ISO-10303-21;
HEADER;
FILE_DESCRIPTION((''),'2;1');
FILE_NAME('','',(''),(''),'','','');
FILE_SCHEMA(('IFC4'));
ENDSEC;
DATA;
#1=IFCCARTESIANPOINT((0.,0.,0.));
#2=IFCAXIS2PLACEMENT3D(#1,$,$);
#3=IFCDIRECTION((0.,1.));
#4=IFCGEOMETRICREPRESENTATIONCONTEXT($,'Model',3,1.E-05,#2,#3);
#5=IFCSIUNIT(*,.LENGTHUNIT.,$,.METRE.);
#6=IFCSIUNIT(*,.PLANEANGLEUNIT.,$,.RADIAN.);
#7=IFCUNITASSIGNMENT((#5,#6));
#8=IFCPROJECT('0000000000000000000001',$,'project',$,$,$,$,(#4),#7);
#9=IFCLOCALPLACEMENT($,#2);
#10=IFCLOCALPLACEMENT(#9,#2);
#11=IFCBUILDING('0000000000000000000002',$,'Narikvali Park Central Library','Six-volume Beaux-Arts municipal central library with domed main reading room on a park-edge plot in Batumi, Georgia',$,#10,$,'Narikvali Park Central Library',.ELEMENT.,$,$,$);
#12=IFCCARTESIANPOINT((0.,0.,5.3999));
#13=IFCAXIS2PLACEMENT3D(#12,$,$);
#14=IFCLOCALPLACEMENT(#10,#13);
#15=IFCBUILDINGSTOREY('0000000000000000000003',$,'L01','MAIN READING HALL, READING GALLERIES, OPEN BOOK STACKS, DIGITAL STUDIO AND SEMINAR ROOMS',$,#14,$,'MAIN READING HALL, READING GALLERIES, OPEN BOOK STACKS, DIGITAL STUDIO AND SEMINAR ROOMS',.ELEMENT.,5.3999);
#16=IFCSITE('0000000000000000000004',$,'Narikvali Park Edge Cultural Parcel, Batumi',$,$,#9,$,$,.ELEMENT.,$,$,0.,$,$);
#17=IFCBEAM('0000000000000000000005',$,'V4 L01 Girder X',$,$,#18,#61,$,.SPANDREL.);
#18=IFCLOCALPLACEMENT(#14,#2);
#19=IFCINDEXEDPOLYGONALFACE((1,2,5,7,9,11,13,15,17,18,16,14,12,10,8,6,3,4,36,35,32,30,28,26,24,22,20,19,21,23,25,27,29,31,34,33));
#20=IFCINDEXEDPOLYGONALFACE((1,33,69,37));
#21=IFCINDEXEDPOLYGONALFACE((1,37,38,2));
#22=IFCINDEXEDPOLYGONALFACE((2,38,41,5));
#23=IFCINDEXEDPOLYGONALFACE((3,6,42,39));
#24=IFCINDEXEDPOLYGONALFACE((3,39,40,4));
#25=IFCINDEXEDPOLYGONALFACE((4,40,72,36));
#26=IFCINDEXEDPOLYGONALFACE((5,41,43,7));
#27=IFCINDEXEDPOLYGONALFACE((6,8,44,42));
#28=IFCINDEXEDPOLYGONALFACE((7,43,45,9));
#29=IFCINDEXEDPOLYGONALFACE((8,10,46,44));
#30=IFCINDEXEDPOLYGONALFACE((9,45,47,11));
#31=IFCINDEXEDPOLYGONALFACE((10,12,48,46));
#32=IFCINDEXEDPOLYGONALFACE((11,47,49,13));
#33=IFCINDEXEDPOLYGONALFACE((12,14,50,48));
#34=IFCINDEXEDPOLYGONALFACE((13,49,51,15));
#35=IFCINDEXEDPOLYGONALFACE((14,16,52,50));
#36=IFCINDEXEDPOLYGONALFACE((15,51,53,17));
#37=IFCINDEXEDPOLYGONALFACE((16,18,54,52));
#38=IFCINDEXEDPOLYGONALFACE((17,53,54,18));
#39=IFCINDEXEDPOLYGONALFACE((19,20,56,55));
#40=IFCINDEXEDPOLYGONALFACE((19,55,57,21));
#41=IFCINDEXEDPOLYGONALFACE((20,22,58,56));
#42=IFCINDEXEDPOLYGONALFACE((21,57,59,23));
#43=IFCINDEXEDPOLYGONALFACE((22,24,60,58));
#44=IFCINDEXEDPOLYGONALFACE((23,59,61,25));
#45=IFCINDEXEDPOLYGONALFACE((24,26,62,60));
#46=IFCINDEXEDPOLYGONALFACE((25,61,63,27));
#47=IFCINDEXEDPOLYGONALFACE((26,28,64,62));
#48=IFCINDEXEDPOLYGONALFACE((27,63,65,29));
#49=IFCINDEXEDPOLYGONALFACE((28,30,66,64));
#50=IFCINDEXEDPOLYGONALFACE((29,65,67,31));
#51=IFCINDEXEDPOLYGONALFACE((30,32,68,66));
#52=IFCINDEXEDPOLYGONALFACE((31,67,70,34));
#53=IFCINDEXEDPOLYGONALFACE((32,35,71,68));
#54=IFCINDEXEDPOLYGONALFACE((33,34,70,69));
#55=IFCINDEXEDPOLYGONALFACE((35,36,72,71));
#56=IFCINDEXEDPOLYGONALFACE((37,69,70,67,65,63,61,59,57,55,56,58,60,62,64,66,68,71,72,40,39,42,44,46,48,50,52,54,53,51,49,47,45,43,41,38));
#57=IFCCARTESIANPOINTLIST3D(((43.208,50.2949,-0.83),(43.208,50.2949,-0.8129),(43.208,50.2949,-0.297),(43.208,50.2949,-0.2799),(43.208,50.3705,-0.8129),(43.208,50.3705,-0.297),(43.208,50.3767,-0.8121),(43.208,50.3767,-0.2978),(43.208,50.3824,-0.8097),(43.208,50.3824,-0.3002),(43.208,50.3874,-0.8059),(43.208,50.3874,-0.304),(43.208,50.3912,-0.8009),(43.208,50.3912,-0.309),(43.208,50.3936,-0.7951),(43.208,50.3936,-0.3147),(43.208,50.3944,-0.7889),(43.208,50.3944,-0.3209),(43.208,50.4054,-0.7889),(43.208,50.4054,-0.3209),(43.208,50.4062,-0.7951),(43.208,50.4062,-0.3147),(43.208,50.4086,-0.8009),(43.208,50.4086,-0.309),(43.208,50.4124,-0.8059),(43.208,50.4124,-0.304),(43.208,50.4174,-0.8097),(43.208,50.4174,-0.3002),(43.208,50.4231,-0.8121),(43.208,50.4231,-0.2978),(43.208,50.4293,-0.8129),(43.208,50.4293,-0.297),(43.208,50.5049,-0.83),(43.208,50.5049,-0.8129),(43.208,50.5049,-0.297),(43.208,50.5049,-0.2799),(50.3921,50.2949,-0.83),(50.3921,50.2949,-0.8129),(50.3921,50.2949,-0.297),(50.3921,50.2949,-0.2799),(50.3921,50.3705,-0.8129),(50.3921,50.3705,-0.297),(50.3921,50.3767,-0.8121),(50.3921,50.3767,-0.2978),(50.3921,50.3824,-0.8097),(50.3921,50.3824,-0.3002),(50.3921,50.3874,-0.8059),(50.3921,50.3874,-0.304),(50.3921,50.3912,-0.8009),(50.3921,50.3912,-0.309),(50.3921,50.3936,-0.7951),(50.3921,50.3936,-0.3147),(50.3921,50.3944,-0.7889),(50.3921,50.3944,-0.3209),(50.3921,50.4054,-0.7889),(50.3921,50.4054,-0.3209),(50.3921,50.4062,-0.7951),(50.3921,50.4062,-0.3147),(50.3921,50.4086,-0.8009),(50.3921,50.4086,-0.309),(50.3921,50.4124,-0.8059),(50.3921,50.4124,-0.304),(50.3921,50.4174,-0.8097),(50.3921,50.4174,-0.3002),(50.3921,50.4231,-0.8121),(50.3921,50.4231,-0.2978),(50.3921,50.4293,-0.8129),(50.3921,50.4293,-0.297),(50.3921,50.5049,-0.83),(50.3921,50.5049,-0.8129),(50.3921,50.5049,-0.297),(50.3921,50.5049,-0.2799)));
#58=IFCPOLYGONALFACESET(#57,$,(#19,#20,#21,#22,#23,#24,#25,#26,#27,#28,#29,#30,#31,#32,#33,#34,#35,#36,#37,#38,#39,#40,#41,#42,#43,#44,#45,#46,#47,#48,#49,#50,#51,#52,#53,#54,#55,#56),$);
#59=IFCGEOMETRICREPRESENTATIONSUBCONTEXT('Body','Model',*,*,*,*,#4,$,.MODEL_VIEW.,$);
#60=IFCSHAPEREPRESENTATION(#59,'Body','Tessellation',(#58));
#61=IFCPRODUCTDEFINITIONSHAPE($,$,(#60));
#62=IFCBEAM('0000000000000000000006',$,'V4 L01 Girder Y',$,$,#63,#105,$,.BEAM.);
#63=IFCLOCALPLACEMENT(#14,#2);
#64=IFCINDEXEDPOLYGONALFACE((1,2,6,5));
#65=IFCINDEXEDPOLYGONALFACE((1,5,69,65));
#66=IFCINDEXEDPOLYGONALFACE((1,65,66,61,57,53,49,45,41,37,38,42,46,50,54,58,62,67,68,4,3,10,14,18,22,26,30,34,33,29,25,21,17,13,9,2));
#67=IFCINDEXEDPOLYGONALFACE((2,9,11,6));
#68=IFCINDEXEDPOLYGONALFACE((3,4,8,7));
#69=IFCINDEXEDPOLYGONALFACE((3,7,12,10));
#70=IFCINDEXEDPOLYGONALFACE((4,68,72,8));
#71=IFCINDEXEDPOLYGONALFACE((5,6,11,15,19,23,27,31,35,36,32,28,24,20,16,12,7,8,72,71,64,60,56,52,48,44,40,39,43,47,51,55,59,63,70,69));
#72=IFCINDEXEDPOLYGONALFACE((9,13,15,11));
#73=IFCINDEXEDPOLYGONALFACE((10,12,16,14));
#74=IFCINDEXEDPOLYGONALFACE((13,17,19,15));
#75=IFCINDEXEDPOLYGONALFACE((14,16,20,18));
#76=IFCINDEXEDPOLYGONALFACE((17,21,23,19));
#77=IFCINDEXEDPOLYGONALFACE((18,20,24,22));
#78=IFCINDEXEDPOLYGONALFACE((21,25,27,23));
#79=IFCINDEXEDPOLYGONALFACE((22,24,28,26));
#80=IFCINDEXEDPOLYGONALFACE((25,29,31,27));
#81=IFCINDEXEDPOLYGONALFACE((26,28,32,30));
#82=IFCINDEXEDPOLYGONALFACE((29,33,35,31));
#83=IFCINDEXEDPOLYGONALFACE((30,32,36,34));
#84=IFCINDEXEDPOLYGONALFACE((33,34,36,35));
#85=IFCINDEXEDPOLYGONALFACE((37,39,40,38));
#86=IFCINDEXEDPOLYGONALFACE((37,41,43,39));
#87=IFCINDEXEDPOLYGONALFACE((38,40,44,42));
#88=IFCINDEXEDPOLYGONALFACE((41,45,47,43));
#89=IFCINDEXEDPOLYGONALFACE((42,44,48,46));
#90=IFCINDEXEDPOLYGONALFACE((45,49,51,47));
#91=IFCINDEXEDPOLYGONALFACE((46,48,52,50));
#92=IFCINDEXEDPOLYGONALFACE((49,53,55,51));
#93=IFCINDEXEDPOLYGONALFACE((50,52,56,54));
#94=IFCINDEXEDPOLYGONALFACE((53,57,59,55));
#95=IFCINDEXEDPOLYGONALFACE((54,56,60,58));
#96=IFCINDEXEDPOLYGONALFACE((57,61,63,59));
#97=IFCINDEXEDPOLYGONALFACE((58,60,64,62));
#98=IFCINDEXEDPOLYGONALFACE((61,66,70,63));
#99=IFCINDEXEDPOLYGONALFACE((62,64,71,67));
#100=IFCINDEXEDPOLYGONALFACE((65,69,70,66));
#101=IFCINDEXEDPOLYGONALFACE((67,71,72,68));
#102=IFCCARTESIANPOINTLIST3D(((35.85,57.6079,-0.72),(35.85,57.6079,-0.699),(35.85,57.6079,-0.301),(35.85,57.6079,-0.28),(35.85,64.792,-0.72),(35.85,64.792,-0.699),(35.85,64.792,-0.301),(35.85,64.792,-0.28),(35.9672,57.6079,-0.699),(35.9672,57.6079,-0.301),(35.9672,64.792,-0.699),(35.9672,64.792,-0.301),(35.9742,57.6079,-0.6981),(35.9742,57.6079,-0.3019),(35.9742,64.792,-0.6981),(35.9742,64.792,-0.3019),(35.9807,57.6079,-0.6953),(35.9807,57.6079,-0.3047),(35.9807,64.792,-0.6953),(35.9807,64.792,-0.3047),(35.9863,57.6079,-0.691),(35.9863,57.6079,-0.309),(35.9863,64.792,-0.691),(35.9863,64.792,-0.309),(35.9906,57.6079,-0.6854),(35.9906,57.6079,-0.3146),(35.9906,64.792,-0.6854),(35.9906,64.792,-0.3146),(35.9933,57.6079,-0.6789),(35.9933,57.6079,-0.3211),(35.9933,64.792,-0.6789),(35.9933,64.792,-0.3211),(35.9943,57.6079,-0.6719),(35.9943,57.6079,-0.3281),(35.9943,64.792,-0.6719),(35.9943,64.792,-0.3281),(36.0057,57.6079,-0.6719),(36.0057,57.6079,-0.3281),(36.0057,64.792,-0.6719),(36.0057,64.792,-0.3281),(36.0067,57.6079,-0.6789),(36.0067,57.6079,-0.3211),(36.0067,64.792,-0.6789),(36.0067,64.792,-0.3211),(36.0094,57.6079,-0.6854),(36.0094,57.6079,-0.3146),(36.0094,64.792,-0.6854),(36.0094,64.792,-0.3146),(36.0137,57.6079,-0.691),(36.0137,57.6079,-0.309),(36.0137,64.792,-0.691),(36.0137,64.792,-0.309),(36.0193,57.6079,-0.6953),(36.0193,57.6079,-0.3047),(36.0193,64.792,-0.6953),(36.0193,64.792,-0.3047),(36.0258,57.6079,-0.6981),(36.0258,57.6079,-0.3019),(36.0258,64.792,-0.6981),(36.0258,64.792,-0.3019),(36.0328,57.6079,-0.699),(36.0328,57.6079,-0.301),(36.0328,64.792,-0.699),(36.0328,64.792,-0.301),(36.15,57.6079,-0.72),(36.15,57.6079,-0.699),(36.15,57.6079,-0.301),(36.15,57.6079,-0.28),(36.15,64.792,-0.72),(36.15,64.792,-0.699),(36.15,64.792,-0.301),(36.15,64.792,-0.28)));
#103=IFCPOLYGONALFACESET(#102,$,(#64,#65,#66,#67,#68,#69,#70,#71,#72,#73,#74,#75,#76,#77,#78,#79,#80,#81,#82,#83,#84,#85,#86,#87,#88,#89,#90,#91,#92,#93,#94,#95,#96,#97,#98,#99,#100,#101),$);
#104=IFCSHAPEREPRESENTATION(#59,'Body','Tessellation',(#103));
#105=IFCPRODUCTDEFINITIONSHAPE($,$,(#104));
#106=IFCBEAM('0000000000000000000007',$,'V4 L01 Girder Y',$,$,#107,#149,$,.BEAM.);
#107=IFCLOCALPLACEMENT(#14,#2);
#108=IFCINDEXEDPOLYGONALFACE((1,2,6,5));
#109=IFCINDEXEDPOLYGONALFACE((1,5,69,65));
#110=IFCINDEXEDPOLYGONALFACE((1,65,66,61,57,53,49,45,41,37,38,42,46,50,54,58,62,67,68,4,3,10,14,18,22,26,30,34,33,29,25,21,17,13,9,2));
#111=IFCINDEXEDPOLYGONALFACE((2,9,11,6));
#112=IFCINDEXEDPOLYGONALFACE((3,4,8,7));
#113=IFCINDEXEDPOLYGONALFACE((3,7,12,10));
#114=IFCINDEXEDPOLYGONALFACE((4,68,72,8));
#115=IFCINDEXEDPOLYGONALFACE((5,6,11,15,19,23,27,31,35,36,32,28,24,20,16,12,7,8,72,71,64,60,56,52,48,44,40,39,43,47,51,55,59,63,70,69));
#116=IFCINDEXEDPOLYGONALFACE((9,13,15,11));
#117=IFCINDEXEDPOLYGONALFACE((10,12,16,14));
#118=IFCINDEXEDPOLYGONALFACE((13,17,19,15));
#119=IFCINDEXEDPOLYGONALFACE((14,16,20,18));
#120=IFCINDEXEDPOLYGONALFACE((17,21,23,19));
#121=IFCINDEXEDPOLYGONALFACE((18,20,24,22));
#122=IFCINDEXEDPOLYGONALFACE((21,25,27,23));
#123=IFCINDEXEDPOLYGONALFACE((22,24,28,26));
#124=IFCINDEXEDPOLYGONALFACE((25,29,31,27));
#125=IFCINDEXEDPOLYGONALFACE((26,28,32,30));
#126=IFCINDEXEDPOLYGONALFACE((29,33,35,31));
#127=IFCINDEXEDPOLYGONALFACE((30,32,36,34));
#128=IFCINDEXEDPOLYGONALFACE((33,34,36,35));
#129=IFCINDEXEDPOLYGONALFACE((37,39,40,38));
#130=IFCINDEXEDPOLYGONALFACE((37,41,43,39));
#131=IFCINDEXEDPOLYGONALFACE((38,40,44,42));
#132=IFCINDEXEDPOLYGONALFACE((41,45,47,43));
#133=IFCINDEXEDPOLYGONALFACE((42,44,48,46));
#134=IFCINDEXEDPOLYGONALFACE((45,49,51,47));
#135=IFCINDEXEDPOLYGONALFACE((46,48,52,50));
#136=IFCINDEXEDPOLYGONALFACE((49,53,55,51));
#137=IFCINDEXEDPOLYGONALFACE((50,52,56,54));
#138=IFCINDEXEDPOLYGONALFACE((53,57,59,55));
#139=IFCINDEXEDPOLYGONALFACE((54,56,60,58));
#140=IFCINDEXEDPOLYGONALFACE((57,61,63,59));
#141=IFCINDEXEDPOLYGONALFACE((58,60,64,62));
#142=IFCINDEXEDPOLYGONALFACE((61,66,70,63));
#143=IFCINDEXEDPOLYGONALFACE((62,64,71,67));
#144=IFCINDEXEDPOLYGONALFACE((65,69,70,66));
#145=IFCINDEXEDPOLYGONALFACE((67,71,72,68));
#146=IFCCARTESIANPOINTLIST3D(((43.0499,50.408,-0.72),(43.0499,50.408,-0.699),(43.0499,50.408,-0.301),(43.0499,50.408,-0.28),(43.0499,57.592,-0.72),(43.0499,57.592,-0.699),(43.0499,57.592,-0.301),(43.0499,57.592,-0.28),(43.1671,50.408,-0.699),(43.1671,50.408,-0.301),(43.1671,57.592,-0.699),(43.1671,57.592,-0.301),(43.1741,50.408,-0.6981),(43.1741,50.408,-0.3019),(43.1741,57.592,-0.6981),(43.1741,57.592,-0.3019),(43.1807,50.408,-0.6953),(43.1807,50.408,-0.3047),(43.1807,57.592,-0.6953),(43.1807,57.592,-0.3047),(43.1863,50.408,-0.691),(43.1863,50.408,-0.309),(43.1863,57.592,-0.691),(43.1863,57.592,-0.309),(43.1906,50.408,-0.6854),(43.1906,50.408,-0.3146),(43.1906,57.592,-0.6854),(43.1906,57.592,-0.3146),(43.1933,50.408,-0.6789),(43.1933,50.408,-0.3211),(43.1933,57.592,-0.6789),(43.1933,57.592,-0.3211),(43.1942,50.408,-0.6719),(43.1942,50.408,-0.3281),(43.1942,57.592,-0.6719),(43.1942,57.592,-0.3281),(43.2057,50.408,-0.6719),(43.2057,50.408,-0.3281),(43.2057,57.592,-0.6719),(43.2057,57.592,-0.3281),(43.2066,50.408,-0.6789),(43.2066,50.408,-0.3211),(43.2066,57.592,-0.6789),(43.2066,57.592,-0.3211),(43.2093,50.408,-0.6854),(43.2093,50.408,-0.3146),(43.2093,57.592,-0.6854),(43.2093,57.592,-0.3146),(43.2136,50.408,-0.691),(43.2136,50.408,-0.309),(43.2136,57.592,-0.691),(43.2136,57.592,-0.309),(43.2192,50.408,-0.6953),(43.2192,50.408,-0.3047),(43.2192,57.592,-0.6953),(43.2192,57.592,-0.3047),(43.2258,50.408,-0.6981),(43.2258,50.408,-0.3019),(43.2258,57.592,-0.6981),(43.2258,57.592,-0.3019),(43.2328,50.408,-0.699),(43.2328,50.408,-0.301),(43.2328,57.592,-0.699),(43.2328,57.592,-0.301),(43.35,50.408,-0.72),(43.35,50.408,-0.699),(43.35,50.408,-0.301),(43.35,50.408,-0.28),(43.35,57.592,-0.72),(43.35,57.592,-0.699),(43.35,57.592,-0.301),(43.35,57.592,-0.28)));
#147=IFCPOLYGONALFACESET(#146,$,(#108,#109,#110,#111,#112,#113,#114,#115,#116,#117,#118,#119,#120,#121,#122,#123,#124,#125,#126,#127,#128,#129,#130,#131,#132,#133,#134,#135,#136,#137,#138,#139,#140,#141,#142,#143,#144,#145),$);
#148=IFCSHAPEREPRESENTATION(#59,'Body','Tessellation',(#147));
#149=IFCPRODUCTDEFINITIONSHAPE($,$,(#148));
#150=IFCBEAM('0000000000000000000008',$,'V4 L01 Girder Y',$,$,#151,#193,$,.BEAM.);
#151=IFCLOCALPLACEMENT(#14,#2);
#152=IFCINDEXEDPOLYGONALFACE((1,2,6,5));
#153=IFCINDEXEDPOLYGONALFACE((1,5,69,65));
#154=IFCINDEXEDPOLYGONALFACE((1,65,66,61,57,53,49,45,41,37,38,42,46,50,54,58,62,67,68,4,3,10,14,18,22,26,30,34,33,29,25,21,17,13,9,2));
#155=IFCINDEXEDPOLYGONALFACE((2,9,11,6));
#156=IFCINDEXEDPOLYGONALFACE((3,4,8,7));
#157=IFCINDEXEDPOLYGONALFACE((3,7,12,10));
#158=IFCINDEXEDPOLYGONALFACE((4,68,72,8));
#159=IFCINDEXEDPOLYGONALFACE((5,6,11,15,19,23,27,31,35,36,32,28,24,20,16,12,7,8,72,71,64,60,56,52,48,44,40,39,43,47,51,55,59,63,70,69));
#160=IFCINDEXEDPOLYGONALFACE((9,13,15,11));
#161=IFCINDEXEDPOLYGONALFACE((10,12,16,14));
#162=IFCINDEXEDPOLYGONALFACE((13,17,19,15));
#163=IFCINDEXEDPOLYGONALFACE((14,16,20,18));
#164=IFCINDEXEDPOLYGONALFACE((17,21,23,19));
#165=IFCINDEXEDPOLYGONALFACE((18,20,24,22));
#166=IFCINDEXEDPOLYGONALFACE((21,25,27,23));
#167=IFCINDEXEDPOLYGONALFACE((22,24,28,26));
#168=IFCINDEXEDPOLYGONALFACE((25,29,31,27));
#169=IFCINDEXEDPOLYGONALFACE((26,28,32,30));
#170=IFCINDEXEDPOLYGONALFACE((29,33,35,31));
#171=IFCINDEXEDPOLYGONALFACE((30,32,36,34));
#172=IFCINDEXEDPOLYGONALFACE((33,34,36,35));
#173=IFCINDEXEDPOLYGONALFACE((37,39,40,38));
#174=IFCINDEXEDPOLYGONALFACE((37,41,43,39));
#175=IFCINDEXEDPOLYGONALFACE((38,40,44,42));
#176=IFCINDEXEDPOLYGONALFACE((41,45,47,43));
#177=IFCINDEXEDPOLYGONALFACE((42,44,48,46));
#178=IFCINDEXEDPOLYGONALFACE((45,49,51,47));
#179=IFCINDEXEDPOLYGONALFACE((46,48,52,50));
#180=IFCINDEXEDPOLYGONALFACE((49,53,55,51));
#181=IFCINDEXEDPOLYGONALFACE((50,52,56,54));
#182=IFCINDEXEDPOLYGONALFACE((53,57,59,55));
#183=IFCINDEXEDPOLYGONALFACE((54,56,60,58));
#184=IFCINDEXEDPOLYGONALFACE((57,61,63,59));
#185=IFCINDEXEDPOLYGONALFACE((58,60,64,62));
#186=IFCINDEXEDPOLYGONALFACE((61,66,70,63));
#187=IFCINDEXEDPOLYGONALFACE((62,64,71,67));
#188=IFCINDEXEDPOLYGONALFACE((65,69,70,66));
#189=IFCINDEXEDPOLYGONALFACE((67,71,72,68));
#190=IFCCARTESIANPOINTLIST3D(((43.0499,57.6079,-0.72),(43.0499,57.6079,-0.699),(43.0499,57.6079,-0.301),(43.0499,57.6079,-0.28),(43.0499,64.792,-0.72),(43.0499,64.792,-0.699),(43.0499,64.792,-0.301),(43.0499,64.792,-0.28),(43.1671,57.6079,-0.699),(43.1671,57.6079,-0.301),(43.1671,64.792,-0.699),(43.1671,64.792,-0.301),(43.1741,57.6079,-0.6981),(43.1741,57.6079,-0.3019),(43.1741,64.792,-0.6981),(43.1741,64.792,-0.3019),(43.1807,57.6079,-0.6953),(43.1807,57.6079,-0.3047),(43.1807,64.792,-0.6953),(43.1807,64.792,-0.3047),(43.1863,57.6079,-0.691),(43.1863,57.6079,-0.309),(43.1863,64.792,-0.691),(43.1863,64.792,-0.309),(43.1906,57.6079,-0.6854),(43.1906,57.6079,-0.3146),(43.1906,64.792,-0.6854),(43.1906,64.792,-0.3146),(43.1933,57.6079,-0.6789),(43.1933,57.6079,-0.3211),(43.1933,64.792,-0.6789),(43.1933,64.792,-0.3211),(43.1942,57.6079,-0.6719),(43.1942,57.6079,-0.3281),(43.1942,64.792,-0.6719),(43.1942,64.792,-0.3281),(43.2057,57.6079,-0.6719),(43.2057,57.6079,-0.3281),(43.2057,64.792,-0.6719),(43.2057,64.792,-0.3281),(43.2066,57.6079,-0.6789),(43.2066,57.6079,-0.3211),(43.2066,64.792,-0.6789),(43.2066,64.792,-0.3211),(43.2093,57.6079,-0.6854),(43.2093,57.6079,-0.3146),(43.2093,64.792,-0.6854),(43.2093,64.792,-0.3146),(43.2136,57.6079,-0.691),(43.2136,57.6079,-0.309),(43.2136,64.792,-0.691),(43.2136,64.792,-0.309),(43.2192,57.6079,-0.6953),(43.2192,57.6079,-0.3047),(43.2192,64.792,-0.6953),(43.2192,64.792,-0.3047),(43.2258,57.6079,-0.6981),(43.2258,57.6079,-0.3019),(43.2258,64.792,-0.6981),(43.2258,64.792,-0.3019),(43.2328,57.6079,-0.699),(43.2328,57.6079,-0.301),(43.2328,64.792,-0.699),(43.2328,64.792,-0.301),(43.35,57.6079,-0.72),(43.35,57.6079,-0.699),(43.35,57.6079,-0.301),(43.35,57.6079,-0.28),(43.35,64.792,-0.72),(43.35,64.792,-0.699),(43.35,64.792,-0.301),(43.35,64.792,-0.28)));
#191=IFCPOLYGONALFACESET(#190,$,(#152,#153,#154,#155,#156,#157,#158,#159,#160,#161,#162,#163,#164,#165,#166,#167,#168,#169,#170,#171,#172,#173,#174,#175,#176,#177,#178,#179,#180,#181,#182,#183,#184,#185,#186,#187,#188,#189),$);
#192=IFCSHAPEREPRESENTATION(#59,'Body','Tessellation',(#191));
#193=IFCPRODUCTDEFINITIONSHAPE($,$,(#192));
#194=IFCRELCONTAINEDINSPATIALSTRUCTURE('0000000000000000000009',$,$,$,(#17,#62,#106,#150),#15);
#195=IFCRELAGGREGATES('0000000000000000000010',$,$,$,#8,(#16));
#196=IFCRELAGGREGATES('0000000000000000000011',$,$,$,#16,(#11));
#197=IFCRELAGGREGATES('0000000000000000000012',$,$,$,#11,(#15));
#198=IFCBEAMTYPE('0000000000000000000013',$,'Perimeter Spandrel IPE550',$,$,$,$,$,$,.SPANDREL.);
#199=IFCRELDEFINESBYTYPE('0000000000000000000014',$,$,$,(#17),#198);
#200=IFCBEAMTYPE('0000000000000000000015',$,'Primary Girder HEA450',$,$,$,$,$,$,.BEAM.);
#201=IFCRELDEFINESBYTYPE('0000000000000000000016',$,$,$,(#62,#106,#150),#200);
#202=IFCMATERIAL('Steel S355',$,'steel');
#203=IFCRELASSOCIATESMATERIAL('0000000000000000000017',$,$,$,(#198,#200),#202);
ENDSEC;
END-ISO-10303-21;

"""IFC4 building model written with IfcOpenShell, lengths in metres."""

from ifc_helpers import new_model, si_unit, direction, frame, origin, origin_2d, place, context, subcontext, project, spatial, i_section, extrude, material, material_profile, profile_set, type_object, element, save


model = new_model("IFC4")

# Units and contexts
model_context = context("Model", 3, precision=1e-05, world=origin(), true_north=direction((0.0, 1.0)))
body_context = subcontext(model_context, "Body", "Model", "MODEL_VIEW")
ifc_project = project(units=[si_unit("LENGTHUNIT", "METRE"), si_unit("PLANEANGLEUNIT", "RADIAN")], contexts=[model_context])

# Site, building, storey
site_placement = place(None, origin())
site = spatial("IfcSite", under=ifc_project, at=site_placement, Name="Narikvali Park Edge Cultural Parcel, Batumi", CompositionType="ELEMENT", RefElevation=0.0)
building_placement = place(site_placement, origin())
building = spatial("IfcBuilding", under=site, at=building_placement, Name="Narikvali Park Central Library", Description="Six-volume Beaux-Arts municipal central library with domed main reading room on a park-edge plot in Batumi, Georgia", LongName="Narikvali Park Central Library", CompositionType="ELEMENT")
storey_placement = place(building_placement, frame((0.0, 0.0, 5.3999)))
storey = spatial("IfcBuildingStorey", under=building, at=storey_placement, Name="L01", Description="MAIN READING HALL, READING GALLERIES, OPEN BOOK STACKS, DIGITAL STUDIO AND SEMINAR ROOMS", LongName="MAIN READING HALL, READING GALLERIES, OPEN BOOK STACKS, DIGITAL STUDIO AND SEMINAR ROOMS", CompositionType="ELEMENT", Elevation=5.3999)

# Shared definitions
ifc_material_1 = material(Name="Steel S355", Category="steel")

# Beams
ifc_material_profile_1 = material_profile(ifc_material_1, i_section(OverallWidth=0.21, OverallDepth=0.55, WebThickness=0.011, FlangeThickness=0.0171, FilletRadius=0.0239, at=origin_2d()), Name="IPE 550")
ifc_profile_set_1 = profile_set([ifc_material_profile_1], Name="Steel S355")
beam_type_1 = type_object("IfcBeamType", Name="Perimeter Spandrel IPE550", PredefinedType="SPANDREL", material=ifc_profile_set_1)
beam_1_placement = place(storey_placement, frame((43.208, 50.3999, -0.5549), z_axis=(1.0, 0.0, 0.0), x_axis=(0.0, 1.0, 0.0)))
element("IfcBeam", 1, at=beam_1_placement, inside=storey, type_object=beam_type_1, Name="V4 L01 Girder X", PredefinedType="SPANDREL", context=body_context, shape_type="SweptSolid", body=[
    extrude(i_section(OverallWidth=0.21, OverallDepth=0.55, WebThickness=0.011, FlangeThickness=0.0171, FilletRadius=0.0239, at=origin_2d()), origin(), (0.0, 0.0, 1.0), 7.1841),
])
ifc_material_profile_2 = material_profile(ifc_material_1, i_section(OverallWidth=0.3, OverallDepth=0.4399, WebThickness=0.0115, FlangeThickness=0.021, FilletRadius=0.0271, at=origin_2d()), Name="HEA 450")
ifc_profile_set_2 = profile_set([ifc_material_profile_2], Name="Steel S355")
beam_type_2 = type_object("IfcBeamType", Name="Primary Girder HEA450", PredefinedType="BEAM", material=ifc_profile_set_2)
for number, where, z_axis, x_axis, name in (
    (2, (36.0, 57.6079, -0.5), (0.0, 1.0, 0.0), (-1.0, 0.0, 0.0), "V4 L01 Girder Y"),
    (3, (43.2, 50.408, -0.5), (0.0, 1.0, 0.0), (-1.0, 0.0, 0.0), "V4 L01 Girder Y"),
    (4, (43.2, 57.6079, -0.5), (0.0, 1.0, 0.0), (-1.0, 0.0, 0.0), "V4 L01 Girder Y"),
):
    element("IfcBeam", number, at=place(storey_placement, frame(where, z_axis=z_axis, x_axis=x_axis)), inside=storey, type_object=beam_type_2, Name=name, PredefinedType="BEAM", context=body_context, shape_type="SweptSolid", body=[
        extrude(i_section(OverallWidth=0.3, OverallDepth=0.4399, WebThickness=0.0115, FlangeThickness=0.021, FilletRadius=0.0271, at=origin_2d()), origin(), (0.0, 0.0, 1.0), 7.1841),
    ])

save(model, "model.ifc")
